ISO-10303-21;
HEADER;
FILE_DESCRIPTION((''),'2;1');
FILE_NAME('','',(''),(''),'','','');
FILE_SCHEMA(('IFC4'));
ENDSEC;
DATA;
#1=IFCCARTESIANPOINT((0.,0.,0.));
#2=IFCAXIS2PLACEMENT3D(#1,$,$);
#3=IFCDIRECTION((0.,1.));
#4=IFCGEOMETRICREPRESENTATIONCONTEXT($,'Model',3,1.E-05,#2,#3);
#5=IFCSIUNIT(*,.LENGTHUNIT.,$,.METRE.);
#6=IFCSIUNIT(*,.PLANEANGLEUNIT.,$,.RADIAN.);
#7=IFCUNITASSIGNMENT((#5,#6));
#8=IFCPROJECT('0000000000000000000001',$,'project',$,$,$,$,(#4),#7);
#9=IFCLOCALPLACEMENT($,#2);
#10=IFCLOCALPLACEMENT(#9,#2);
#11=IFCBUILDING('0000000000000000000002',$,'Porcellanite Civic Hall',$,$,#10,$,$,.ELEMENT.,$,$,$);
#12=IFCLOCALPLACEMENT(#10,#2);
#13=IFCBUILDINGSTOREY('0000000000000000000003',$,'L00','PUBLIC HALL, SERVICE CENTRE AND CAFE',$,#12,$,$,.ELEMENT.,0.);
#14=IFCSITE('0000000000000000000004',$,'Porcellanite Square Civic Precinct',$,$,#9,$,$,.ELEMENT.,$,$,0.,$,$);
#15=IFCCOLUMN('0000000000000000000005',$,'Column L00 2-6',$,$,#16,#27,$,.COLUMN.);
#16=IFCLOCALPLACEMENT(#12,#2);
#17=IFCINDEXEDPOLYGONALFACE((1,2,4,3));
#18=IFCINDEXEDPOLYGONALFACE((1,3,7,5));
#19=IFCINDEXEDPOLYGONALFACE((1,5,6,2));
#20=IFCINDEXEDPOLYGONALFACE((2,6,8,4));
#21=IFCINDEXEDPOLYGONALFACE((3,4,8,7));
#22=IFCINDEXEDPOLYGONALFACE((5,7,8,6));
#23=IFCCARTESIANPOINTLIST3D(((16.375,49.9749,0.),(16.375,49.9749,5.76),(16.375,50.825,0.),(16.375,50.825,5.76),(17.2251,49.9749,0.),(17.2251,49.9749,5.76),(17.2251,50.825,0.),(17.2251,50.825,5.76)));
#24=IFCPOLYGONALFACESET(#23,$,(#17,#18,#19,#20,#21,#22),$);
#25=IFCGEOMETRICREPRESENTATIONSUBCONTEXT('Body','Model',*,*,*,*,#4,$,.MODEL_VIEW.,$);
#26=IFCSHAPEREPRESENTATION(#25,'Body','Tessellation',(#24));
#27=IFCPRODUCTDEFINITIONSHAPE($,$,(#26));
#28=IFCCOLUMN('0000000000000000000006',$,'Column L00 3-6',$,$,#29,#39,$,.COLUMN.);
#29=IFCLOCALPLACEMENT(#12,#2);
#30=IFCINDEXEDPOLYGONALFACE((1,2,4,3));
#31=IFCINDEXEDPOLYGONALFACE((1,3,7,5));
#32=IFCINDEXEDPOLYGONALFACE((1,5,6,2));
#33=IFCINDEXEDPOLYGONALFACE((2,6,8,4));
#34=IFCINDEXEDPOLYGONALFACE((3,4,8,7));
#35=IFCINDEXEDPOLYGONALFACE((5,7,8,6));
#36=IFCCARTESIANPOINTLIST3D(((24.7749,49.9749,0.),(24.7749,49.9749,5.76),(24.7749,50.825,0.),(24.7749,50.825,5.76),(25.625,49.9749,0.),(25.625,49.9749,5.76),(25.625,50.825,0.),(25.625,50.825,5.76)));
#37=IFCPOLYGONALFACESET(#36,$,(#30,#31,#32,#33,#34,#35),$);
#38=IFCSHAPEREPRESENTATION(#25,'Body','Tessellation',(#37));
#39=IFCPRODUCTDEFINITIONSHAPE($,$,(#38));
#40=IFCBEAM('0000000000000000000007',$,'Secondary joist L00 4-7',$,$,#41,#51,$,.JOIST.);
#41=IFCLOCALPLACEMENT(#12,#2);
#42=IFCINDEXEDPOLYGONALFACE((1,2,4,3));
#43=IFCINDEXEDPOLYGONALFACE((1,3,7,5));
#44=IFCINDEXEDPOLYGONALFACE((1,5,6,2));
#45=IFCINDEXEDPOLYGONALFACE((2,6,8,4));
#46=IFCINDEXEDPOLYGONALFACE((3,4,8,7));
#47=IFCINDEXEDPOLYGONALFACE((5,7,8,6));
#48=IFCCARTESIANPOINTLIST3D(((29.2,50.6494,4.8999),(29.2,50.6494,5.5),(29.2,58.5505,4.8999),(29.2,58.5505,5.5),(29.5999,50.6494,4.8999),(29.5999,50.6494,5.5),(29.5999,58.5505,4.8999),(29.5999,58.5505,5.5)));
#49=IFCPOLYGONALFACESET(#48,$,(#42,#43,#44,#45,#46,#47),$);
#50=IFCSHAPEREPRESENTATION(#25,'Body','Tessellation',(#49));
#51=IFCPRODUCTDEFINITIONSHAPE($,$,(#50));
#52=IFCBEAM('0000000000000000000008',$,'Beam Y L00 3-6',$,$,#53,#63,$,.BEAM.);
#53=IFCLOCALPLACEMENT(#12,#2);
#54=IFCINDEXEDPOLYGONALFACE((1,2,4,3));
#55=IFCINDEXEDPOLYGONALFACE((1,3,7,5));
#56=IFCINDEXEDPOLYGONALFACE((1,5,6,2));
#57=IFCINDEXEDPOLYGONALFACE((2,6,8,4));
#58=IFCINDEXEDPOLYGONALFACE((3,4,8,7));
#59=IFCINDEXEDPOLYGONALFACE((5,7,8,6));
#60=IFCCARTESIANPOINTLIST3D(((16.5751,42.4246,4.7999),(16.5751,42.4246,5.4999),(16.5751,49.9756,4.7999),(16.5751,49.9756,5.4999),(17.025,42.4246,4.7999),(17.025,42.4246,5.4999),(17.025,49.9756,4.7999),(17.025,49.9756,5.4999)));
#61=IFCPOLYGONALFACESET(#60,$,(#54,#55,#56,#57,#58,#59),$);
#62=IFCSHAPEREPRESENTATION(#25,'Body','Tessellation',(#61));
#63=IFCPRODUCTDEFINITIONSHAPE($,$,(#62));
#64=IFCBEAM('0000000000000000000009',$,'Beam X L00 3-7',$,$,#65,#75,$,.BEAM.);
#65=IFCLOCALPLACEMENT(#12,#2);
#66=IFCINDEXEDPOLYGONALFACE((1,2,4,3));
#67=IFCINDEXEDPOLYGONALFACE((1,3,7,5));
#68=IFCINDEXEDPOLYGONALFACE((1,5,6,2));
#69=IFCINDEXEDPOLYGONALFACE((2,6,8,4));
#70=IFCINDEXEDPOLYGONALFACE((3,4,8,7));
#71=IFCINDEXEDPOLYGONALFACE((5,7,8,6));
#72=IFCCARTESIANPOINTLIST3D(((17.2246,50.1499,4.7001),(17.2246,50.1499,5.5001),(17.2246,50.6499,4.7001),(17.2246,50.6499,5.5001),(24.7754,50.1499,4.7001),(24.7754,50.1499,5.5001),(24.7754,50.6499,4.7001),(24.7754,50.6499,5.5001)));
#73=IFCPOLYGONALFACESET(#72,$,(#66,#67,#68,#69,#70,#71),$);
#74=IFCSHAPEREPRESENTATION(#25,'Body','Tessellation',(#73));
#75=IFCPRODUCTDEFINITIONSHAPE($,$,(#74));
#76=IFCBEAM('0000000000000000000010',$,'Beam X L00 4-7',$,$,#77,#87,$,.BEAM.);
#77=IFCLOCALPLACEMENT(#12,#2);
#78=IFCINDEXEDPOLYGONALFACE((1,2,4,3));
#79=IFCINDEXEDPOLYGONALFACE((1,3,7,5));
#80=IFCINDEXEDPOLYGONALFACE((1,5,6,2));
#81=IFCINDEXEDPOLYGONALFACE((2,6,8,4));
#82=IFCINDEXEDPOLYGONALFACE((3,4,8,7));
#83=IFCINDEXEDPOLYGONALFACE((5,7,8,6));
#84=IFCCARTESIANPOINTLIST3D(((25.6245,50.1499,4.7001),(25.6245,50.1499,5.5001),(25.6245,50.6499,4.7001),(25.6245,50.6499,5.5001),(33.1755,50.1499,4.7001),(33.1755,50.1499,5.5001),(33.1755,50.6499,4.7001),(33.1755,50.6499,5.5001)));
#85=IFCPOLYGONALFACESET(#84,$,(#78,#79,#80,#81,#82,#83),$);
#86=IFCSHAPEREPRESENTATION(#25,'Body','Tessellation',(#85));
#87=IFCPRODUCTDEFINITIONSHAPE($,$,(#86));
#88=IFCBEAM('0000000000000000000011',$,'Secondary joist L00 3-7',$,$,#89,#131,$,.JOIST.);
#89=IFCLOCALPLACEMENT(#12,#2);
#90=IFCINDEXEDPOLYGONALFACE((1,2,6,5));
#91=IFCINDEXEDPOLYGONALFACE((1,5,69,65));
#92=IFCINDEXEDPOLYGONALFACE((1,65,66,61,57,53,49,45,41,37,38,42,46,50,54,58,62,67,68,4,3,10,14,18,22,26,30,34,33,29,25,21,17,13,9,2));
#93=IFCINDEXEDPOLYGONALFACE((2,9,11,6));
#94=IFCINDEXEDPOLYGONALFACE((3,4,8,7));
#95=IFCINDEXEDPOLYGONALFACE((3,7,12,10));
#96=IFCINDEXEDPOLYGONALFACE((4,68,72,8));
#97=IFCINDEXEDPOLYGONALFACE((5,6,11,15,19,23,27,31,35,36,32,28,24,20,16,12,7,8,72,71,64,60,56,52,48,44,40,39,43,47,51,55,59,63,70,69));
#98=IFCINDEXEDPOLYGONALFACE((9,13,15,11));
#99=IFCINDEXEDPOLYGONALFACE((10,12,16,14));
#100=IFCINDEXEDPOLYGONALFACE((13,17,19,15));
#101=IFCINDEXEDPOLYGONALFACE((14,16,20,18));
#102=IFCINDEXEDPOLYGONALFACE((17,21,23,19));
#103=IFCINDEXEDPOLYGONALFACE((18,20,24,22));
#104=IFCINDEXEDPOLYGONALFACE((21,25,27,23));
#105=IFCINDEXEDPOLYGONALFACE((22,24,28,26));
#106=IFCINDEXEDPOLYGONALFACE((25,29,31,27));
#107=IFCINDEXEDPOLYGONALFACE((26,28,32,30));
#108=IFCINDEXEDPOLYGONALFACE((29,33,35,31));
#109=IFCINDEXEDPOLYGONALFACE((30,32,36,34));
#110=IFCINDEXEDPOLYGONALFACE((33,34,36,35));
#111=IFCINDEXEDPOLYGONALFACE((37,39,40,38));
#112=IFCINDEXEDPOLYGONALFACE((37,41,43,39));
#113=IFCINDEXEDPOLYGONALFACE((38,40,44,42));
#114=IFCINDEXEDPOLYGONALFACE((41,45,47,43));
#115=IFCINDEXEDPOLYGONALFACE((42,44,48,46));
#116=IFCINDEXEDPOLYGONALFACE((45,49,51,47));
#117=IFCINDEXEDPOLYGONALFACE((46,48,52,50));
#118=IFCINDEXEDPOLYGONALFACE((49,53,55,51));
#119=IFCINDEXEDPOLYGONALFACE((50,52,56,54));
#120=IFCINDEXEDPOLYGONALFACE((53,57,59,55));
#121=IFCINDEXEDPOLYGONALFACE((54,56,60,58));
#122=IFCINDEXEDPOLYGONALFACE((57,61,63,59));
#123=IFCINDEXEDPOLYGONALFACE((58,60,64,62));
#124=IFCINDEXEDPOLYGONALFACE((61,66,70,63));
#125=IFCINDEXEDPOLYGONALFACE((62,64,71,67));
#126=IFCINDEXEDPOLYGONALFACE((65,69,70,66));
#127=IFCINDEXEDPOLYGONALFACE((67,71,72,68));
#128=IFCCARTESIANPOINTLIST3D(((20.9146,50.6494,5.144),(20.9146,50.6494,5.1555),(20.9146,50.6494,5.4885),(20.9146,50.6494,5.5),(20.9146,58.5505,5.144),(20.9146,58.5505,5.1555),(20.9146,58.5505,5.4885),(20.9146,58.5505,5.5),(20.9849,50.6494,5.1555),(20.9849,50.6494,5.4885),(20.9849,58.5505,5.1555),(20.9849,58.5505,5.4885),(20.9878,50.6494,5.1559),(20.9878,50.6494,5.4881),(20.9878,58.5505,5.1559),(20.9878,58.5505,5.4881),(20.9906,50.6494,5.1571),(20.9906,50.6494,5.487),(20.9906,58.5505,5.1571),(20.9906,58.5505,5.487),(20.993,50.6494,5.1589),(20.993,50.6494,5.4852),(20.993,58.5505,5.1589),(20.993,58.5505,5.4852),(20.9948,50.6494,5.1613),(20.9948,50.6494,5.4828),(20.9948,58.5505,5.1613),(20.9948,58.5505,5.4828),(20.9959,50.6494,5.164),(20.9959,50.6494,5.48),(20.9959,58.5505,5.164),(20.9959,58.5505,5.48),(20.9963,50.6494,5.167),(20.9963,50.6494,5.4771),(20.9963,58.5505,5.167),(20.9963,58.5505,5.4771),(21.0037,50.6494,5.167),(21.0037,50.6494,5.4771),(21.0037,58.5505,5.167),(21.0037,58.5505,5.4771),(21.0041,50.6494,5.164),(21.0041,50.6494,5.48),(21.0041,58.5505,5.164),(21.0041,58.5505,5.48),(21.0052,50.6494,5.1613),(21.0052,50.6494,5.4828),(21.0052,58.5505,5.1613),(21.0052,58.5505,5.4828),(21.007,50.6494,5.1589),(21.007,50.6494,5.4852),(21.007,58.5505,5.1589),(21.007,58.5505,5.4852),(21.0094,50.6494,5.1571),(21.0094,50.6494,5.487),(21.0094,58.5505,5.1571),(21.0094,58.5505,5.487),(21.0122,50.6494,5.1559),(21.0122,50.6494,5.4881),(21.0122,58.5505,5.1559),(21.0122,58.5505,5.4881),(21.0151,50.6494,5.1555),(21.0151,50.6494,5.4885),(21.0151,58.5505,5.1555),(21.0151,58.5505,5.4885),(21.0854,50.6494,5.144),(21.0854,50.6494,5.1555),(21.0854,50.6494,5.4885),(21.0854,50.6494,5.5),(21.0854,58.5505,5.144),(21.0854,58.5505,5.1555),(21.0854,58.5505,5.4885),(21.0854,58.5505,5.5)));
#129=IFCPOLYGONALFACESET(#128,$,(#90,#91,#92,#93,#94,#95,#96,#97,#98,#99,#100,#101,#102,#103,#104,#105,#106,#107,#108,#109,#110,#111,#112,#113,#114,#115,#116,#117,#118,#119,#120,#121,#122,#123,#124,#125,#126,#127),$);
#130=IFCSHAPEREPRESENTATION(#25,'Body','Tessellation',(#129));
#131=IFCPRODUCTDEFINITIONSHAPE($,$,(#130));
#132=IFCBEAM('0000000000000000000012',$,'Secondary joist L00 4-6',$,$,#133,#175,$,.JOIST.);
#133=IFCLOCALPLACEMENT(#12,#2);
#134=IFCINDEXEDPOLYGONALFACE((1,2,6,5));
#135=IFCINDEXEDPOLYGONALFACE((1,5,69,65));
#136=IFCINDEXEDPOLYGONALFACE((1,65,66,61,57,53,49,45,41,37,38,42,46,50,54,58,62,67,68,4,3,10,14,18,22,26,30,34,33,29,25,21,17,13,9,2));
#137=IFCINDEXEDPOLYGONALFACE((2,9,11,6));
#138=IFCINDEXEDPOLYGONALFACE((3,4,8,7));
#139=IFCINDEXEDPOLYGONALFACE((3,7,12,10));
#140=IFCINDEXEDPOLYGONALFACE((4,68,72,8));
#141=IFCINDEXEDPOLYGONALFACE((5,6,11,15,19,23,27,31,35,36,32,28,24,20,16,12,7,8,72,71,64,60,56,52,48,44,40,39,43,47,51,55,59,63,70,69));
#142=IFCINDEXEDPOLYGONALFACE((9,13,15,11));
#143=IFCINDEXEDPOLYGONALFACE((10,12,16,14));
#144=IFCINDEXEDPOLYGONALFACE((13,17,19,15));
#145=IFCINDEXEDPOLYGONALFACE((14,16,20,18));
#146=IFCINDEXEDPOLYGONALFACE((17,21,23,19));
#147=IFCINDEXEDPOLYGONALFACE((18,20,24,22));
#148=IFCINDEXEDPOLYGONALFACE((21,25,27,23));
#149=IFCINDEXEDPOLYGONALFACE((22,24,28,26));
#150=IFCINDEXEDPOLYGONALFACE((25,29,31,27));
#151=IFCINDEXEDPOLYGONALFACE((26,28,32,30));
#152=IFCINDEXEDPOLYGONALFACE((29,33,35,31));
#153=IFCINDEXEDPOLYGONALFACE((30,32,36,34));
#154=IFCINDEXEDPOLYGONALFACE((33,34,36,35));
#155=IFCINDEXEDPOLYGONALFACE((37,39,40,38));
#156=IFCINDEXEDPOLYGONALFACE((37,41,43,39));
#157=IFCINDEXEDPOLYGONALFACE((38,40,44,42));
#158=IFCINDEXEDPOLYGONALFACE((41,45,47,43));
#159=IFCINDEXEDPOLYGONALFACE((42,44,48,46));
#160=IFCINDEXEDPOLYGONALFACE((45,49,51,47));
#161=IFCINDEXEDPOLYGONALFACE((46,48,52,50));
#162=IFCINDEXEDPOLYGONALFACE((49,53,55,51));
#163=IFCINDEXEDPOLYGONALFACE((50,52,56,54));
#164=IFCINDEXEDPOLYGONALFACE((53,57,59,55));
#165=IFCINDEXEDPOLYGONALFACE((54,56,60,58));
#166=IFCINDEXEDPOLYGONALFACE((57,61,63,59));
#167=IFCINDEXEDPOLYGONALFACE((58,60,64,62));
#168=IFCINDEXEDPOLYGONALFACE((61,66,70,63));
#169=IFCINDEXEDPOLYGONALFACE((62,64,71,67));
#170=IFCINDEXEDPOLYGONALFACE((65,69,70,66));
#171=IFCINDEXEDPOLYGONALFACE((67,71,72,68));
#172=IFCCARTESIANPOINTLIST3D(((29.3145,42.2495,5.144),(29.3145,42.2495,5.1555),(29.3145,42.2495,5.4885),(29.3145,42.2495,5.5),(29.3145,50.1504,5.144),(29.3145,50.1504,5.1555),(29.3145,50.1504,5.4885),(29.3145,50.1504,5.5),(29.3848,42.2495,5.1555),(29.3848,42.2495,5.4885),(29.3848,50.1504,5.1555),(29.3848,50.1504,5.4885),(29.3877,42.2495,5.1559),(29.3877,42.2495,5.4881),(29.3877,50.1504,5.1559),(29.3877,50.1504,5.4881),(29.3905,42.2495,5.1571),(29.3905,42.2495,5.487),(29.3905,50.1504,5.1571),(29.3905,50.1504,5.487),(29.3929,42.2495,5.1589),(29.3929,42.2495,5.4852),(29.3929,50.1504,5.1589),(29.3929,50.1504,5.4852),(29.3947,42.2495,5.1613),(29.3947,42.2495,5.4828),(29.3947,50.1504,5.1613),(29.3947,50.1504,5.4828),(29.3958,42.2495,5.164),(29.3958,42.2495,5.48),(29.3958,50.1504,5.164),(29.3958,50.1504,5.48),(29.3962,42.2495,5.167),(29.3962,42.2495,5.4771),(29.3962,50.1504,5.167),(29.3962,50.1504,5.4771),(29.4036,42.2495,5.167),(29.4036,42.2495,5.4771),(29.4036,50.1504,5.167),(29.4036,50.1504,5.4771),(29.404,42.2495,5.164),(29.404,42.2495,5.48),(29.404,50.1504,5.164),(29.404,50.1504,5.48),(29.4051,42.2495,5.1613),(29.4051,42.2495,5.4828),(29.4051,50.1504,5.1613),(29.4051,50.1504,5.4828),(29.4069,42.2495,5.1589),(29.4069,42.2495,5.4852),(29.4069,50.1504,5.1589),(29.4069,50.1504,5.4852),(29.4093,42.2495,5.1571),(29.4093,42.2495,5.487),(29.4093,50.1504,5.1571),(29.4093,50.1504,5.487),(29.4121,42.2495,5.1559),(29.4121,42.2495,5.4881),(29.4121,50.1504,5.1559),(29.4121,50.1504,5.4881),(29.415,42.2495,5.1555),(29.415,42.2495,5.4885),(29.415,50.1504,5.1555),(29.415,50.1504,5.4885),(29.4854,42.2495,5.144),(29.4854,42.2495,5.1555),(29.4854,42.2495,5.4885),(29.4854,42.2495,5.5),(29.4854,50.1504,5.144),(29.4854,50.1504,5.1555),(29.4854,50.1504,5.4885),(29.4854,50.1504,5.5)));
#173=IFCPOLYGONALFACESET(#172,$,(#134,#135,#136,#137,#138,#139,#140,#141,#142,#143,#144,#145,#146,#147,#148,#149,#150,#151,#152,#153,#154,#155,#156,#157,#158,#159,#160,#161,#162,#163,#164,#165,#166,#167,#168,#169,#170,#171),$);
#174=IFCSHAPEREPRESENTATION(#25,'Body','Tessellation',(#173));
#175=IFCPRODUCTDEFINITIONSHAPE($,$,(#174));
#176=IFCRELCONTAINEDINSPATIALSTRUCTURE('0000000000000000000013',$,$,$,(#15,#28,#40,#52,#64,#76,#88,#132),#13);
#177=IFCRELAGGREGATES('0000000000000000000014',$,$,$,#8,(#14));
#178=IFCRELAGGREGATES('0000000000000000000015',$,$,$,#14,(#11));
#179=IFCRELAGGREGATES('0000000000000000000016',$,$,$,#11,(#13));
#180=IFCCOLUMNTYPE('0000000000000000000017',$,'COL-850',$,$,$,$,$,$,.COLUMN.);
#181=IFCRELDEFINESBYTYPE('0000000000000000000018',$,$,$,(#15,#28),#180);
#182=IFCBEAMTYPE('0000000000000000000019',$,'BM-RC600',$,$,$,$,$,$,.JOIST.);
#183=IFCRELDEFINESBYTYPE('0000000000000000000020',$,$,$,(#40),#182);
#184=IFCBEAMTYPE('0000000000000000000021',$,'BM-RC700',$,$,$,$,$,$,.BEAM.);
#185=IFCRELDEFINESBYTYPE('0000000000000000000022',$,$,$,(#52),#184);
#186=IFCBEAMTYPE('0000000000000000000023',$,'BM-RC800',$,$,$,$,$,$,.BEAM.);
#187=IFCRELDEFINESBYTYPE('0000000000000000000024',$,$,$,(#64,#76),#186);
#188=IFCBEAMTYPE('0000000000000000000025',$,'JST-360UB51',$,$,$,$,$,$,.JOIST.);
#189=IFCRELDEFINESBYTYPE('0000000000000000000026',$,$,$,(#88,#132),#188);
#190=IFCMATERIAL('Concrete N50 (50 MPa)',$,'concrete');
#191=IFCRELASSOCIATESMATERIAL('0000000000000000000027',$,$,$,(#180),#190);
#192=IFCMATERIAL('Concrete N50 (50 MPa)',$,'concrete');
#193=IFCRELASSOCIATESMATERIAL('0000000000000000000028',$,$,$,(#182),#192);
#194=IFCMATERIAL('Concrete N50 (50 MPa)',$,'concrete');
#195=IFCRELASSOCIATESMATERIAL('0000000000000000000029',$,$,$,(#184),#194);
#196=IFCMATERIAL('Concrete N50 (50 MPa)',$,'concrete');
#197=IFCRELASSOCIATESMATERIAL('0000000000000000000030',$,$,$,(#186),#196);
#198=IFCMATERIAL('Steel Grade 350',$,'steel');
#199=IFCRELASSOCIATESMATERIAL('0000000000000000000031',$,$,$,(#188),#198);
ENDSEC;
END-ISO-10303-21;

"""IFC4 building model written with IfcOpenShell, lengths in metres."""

from ifc_helpers import new_model, si_unit, direction, frame, origin, origin_2d, place, context, subcontext, project, spatial, rectangle, i_section, extrude, material, material_profile, profile_set, type_object, element, save


model = new_model("IFC4")

# Units and contexts
model_context = context("Model", 3, precision=1e-05, world=origin(), true_north=direction((0.0, 1.0)))
body_context = subcontext(model_context, "Body", "Model", "MODEL_VIEW")
ifc_project = project(units=[si_unit("LENGTHUNIT", "METRE"), si_unit("PLANEANGLEUNIT", "RADIAN")], contexts=[model_context])

# Site, building, storey
site_placement = place(None, origin())
site = spatial("IfcSite", under=ifc_project, at=site_placement, Name="Porcellanite Square Civic Precinct", CompositionType="ELEMENT", RefElevation=0.0)
building_placement = place(site_placement, origin())
building = spatial("IfcBuilding", under=site, at=building_placement, Name="Porcellanite Civic Hall", CompositionType="ELEMENT")
storey_placement = place(building_placement, origin())
storey = spatial("IfcBuildingStorey", under=building, at=storey_placement, Name="L00", Description="PUBLIC HALL, SERVICE CENTRE AND CAFE", CompositionType="ELEMENT", Elevation=0.0)

# Columns
ifc_material_1 = material(Name="Concrete N50 (50 MPa)", Category="concrete")
ifc_material_profile_1 = material_profile(ifc_material_1, rectangle(XDim=0.8501, YDim=0.8501, at=origin_2d()), Name="RC-850x850")
ifc_profile_set_1 = profile_set([ifc_material_profile_1], Name="Concrete N50 (50 MPa)")
column_type = type_object("IfcColumnType", Name="COL-850", PredefinedType="COLUMN", material=ifc_profile_set_1)
for number, where, z_axis, x_axis, name in (
    (1, (16.8, 50.3999, 0.0), (0.0, 0.0, 1.0), (1.0, 0.0, 0.0), "Column L00 2-6"),
    (2, (25.2, 50.3999, 0.0), (0.0, 0.0, 1.0), (1.0, 0.0, 0.0), "Column L00 3-6"),
):
    element("IfcColumn", number, at=place(storey_placement, frame(where, z_axis=z_axis, x_axis=x_axis)), inside=storey, type_object=column_type, Name=name, PredefinedType="COLUMN", context=body_context, shape_type="SweptSolid", body=[
        extrude(rectangle(XDim=0.8501, YDim=0.8501, at=origin_2d()), origin(), (0.0, 0.0, 1.0), 5.76),
    ])

# Beams
ifc_material_2 = material(Name="Concrete N50 (50 MPa)", Category="concrete")
ifc_material_profile_2 = material_profile(ifc_material_2, rectangle(XDim=0.3999, YDim=0.6001, at=origin_2d()), Name="RC-400x600")
ifc_profile_set_2 = profile_set([ifc_material_profile_2], Name="Concrete N50 (50 MPa)")
beam_type_1 = type_object("IfcBeamType", Name="BM-RC600", PredefinedType="JOIST", material=ifc_profile_set_2)
beam_1_placement = place(storey_placement, frame((29.3999, 50.6494, 5.2), z_axis=(0.0, 1.0, 0.0), x_axis=(-1.0, 0.0, 0.0)))
element("IfcBeam", 3, at=beam_1_placement, inside=storey, type_object=beam_type_1, Name="Secondary joist L00 4-7", PredefinedType="JOIST", context=body_context, shape_type="SweptSolid", body=[
    extrude(rectangle(XDim=0.3999, YDim=0.6001, at=origin_2d()), origin(), (0.0, 0.0, 1.0), 7.9011),
])
ifc_material_3 = material(Name="Concrete N50 (50 MPa)", Category="concrete")
ifc_material_profile_3 = material_profile(ifc_material_3, rectangle(XDim=0.45, YDim=0.7, at=origin_2d()), Name="RC-450x700")
ifc_profile_set_3 = profile_set([ifc_material_profile_3], Name="Concrete N50 (50 MPa)")
beam_type_2 = type_object("IfcBeamType", Name="BM-RC700", PredefinedType="BEAM", material=ifc_profile_set_3)
beam_2_placement = place(storey_placement, frame((16.8, 42.4246, 5.1499), z_axis=(0.0, 1.0, 0.0), x_axis=(-1.0, 0.0, 0.0)))
element("IfcBeam", 4, at=beam_2_placement, inside=storey, type_object=beam_type_2, Name="Beam Y L00 3-6", PredefinedType="BEAM", context=body_context, shape_type="SweptSolid", body=[
    extrude(rectangle(XDim=0.45, YDim=0.7, at=origin_2d()), origin(), (0.0, 0.0, 1.0), 7.551),
])
ifc_material_4 = material(Name="Concrete N50 (50 MPa)", Category="concrete")
ifc_material_profile_4 = material_profile(ifc_material_4, rectangle(XDim=0.5, YDim=0.8, at=origin_2d()), Name="RC-500x800")
ifc_profile_set_4 = profile_set([ifc_material_profile_4], Name="Concrete N50 (50 MPa)")
beam_type_3 = type_object("IfcBeamType", Name="BM-RC800", PredefinedType="BEAM", material=ifc_profile_set_4)
beam_3_placement = place(storey_placement, frame((17.2246, 50.3999, 5.1001), z_axis=(1.0, 0.0, 0.0), x_axis=(0.0, 1.0, 0.0)))
element("IfcBeam", 5, at=beam_3_placement, inside=storey, type_object=beam_type_3, Name="Beam X L00 3-7", PredefinedType="BEAM", context=body_context, shape_type="SweptSolid", body=[
    extrude(rectangle(XDim=0.5, YDim=0.8, at=origin_2d()), origin(), (0.0, 0.0, 1.0), 7.5508),
])
beam_4_placement = place(storey_placement, frame((25.6245, 50.3999, 5.1001), z_axis=(1.0, 0.0, 0.0), x_axis=(0.0, 1.0, 0.0)))
element("IfcBeam", 6, at=beam_4_placement, inside=storey, type_object=beam_type_3, Name="Beam X L00 4-7", PredefinedType="BEAM", context=body_context, shape_type="SweptSolid", body=[
    extrude(rectangle(XDim=0.5, YDim=0.8, at=origin_2d()), origin(), (0.0, 0.0, 1.0), 7.551),
])
ifc_material_5 = material(Name="Steel Grade 350", Category="steel")
ifc_material_profile_5 = material_profile(ifc_material_5, i_section(OverallWidth=0.1709, OverallDepth=0.356, WebThickness=0.0073, FlangeThickness=0.0115, FilletRadius=0.0115, at=origin_2d()), Name="360UB50.7")
ifc_profile_set_5 = profile_set([ifc_material_profile_5], Name="Steel Grade 350")
beam_type_4 = type_object("IfcBeamType", Name="JST-360UB51", PredefinedType="JOIST", material=ifc_profile_set_5)
beam_5_placement = place(storey_placement, frame((21.0, 50.6494, 5.322), z_axis=(0.0, 1.0, 0.0), x_axis=(-1.0, 0.0, 0.0)))
element("IfcBeam", 7, at=beam_5_placement, inside=storey, type_object=beam_type_4, Name="Secondary joist L00 3-7", PredefinedType="JOIST", context=body_context, shape_type="SweptSolid", body=[
    extrude(i_section(OverallWidth=0.1709, OverallDepth=0.356, WebThickness=0.0073, FlangeThickness=0.0115, FilletRadius=0.0115, at=origin_2d()), origin(), (0.0, 0.0, 1.0), 7.9011),
])
beam_6_placement = place(storey_placement, frame((29.3999, 42.2495, 5.322), z_axis=(0.0, 1.0, 0.0), x_axis=(-1.0, 0.0, 0.0)))
element("IfcBeam", 8, at=beam_6_placement, inside=storey, type_object=beam_type_4, Name="Secondary joist L00 4-6", PredefinedType="JOIST", context=body_context, shape_type="SweptSolid", body=[
    extrude(i_section(OverallWidth=0.1709, OverallDepth=0.356, WebThickness=0.0073, FlangeThickness=0.0115, FilletRadius=0.0115, at=origin_2d()), origin(), (0.0, 0.0, 1.0), 7.9009),
])

save(model, "model.ifc")
